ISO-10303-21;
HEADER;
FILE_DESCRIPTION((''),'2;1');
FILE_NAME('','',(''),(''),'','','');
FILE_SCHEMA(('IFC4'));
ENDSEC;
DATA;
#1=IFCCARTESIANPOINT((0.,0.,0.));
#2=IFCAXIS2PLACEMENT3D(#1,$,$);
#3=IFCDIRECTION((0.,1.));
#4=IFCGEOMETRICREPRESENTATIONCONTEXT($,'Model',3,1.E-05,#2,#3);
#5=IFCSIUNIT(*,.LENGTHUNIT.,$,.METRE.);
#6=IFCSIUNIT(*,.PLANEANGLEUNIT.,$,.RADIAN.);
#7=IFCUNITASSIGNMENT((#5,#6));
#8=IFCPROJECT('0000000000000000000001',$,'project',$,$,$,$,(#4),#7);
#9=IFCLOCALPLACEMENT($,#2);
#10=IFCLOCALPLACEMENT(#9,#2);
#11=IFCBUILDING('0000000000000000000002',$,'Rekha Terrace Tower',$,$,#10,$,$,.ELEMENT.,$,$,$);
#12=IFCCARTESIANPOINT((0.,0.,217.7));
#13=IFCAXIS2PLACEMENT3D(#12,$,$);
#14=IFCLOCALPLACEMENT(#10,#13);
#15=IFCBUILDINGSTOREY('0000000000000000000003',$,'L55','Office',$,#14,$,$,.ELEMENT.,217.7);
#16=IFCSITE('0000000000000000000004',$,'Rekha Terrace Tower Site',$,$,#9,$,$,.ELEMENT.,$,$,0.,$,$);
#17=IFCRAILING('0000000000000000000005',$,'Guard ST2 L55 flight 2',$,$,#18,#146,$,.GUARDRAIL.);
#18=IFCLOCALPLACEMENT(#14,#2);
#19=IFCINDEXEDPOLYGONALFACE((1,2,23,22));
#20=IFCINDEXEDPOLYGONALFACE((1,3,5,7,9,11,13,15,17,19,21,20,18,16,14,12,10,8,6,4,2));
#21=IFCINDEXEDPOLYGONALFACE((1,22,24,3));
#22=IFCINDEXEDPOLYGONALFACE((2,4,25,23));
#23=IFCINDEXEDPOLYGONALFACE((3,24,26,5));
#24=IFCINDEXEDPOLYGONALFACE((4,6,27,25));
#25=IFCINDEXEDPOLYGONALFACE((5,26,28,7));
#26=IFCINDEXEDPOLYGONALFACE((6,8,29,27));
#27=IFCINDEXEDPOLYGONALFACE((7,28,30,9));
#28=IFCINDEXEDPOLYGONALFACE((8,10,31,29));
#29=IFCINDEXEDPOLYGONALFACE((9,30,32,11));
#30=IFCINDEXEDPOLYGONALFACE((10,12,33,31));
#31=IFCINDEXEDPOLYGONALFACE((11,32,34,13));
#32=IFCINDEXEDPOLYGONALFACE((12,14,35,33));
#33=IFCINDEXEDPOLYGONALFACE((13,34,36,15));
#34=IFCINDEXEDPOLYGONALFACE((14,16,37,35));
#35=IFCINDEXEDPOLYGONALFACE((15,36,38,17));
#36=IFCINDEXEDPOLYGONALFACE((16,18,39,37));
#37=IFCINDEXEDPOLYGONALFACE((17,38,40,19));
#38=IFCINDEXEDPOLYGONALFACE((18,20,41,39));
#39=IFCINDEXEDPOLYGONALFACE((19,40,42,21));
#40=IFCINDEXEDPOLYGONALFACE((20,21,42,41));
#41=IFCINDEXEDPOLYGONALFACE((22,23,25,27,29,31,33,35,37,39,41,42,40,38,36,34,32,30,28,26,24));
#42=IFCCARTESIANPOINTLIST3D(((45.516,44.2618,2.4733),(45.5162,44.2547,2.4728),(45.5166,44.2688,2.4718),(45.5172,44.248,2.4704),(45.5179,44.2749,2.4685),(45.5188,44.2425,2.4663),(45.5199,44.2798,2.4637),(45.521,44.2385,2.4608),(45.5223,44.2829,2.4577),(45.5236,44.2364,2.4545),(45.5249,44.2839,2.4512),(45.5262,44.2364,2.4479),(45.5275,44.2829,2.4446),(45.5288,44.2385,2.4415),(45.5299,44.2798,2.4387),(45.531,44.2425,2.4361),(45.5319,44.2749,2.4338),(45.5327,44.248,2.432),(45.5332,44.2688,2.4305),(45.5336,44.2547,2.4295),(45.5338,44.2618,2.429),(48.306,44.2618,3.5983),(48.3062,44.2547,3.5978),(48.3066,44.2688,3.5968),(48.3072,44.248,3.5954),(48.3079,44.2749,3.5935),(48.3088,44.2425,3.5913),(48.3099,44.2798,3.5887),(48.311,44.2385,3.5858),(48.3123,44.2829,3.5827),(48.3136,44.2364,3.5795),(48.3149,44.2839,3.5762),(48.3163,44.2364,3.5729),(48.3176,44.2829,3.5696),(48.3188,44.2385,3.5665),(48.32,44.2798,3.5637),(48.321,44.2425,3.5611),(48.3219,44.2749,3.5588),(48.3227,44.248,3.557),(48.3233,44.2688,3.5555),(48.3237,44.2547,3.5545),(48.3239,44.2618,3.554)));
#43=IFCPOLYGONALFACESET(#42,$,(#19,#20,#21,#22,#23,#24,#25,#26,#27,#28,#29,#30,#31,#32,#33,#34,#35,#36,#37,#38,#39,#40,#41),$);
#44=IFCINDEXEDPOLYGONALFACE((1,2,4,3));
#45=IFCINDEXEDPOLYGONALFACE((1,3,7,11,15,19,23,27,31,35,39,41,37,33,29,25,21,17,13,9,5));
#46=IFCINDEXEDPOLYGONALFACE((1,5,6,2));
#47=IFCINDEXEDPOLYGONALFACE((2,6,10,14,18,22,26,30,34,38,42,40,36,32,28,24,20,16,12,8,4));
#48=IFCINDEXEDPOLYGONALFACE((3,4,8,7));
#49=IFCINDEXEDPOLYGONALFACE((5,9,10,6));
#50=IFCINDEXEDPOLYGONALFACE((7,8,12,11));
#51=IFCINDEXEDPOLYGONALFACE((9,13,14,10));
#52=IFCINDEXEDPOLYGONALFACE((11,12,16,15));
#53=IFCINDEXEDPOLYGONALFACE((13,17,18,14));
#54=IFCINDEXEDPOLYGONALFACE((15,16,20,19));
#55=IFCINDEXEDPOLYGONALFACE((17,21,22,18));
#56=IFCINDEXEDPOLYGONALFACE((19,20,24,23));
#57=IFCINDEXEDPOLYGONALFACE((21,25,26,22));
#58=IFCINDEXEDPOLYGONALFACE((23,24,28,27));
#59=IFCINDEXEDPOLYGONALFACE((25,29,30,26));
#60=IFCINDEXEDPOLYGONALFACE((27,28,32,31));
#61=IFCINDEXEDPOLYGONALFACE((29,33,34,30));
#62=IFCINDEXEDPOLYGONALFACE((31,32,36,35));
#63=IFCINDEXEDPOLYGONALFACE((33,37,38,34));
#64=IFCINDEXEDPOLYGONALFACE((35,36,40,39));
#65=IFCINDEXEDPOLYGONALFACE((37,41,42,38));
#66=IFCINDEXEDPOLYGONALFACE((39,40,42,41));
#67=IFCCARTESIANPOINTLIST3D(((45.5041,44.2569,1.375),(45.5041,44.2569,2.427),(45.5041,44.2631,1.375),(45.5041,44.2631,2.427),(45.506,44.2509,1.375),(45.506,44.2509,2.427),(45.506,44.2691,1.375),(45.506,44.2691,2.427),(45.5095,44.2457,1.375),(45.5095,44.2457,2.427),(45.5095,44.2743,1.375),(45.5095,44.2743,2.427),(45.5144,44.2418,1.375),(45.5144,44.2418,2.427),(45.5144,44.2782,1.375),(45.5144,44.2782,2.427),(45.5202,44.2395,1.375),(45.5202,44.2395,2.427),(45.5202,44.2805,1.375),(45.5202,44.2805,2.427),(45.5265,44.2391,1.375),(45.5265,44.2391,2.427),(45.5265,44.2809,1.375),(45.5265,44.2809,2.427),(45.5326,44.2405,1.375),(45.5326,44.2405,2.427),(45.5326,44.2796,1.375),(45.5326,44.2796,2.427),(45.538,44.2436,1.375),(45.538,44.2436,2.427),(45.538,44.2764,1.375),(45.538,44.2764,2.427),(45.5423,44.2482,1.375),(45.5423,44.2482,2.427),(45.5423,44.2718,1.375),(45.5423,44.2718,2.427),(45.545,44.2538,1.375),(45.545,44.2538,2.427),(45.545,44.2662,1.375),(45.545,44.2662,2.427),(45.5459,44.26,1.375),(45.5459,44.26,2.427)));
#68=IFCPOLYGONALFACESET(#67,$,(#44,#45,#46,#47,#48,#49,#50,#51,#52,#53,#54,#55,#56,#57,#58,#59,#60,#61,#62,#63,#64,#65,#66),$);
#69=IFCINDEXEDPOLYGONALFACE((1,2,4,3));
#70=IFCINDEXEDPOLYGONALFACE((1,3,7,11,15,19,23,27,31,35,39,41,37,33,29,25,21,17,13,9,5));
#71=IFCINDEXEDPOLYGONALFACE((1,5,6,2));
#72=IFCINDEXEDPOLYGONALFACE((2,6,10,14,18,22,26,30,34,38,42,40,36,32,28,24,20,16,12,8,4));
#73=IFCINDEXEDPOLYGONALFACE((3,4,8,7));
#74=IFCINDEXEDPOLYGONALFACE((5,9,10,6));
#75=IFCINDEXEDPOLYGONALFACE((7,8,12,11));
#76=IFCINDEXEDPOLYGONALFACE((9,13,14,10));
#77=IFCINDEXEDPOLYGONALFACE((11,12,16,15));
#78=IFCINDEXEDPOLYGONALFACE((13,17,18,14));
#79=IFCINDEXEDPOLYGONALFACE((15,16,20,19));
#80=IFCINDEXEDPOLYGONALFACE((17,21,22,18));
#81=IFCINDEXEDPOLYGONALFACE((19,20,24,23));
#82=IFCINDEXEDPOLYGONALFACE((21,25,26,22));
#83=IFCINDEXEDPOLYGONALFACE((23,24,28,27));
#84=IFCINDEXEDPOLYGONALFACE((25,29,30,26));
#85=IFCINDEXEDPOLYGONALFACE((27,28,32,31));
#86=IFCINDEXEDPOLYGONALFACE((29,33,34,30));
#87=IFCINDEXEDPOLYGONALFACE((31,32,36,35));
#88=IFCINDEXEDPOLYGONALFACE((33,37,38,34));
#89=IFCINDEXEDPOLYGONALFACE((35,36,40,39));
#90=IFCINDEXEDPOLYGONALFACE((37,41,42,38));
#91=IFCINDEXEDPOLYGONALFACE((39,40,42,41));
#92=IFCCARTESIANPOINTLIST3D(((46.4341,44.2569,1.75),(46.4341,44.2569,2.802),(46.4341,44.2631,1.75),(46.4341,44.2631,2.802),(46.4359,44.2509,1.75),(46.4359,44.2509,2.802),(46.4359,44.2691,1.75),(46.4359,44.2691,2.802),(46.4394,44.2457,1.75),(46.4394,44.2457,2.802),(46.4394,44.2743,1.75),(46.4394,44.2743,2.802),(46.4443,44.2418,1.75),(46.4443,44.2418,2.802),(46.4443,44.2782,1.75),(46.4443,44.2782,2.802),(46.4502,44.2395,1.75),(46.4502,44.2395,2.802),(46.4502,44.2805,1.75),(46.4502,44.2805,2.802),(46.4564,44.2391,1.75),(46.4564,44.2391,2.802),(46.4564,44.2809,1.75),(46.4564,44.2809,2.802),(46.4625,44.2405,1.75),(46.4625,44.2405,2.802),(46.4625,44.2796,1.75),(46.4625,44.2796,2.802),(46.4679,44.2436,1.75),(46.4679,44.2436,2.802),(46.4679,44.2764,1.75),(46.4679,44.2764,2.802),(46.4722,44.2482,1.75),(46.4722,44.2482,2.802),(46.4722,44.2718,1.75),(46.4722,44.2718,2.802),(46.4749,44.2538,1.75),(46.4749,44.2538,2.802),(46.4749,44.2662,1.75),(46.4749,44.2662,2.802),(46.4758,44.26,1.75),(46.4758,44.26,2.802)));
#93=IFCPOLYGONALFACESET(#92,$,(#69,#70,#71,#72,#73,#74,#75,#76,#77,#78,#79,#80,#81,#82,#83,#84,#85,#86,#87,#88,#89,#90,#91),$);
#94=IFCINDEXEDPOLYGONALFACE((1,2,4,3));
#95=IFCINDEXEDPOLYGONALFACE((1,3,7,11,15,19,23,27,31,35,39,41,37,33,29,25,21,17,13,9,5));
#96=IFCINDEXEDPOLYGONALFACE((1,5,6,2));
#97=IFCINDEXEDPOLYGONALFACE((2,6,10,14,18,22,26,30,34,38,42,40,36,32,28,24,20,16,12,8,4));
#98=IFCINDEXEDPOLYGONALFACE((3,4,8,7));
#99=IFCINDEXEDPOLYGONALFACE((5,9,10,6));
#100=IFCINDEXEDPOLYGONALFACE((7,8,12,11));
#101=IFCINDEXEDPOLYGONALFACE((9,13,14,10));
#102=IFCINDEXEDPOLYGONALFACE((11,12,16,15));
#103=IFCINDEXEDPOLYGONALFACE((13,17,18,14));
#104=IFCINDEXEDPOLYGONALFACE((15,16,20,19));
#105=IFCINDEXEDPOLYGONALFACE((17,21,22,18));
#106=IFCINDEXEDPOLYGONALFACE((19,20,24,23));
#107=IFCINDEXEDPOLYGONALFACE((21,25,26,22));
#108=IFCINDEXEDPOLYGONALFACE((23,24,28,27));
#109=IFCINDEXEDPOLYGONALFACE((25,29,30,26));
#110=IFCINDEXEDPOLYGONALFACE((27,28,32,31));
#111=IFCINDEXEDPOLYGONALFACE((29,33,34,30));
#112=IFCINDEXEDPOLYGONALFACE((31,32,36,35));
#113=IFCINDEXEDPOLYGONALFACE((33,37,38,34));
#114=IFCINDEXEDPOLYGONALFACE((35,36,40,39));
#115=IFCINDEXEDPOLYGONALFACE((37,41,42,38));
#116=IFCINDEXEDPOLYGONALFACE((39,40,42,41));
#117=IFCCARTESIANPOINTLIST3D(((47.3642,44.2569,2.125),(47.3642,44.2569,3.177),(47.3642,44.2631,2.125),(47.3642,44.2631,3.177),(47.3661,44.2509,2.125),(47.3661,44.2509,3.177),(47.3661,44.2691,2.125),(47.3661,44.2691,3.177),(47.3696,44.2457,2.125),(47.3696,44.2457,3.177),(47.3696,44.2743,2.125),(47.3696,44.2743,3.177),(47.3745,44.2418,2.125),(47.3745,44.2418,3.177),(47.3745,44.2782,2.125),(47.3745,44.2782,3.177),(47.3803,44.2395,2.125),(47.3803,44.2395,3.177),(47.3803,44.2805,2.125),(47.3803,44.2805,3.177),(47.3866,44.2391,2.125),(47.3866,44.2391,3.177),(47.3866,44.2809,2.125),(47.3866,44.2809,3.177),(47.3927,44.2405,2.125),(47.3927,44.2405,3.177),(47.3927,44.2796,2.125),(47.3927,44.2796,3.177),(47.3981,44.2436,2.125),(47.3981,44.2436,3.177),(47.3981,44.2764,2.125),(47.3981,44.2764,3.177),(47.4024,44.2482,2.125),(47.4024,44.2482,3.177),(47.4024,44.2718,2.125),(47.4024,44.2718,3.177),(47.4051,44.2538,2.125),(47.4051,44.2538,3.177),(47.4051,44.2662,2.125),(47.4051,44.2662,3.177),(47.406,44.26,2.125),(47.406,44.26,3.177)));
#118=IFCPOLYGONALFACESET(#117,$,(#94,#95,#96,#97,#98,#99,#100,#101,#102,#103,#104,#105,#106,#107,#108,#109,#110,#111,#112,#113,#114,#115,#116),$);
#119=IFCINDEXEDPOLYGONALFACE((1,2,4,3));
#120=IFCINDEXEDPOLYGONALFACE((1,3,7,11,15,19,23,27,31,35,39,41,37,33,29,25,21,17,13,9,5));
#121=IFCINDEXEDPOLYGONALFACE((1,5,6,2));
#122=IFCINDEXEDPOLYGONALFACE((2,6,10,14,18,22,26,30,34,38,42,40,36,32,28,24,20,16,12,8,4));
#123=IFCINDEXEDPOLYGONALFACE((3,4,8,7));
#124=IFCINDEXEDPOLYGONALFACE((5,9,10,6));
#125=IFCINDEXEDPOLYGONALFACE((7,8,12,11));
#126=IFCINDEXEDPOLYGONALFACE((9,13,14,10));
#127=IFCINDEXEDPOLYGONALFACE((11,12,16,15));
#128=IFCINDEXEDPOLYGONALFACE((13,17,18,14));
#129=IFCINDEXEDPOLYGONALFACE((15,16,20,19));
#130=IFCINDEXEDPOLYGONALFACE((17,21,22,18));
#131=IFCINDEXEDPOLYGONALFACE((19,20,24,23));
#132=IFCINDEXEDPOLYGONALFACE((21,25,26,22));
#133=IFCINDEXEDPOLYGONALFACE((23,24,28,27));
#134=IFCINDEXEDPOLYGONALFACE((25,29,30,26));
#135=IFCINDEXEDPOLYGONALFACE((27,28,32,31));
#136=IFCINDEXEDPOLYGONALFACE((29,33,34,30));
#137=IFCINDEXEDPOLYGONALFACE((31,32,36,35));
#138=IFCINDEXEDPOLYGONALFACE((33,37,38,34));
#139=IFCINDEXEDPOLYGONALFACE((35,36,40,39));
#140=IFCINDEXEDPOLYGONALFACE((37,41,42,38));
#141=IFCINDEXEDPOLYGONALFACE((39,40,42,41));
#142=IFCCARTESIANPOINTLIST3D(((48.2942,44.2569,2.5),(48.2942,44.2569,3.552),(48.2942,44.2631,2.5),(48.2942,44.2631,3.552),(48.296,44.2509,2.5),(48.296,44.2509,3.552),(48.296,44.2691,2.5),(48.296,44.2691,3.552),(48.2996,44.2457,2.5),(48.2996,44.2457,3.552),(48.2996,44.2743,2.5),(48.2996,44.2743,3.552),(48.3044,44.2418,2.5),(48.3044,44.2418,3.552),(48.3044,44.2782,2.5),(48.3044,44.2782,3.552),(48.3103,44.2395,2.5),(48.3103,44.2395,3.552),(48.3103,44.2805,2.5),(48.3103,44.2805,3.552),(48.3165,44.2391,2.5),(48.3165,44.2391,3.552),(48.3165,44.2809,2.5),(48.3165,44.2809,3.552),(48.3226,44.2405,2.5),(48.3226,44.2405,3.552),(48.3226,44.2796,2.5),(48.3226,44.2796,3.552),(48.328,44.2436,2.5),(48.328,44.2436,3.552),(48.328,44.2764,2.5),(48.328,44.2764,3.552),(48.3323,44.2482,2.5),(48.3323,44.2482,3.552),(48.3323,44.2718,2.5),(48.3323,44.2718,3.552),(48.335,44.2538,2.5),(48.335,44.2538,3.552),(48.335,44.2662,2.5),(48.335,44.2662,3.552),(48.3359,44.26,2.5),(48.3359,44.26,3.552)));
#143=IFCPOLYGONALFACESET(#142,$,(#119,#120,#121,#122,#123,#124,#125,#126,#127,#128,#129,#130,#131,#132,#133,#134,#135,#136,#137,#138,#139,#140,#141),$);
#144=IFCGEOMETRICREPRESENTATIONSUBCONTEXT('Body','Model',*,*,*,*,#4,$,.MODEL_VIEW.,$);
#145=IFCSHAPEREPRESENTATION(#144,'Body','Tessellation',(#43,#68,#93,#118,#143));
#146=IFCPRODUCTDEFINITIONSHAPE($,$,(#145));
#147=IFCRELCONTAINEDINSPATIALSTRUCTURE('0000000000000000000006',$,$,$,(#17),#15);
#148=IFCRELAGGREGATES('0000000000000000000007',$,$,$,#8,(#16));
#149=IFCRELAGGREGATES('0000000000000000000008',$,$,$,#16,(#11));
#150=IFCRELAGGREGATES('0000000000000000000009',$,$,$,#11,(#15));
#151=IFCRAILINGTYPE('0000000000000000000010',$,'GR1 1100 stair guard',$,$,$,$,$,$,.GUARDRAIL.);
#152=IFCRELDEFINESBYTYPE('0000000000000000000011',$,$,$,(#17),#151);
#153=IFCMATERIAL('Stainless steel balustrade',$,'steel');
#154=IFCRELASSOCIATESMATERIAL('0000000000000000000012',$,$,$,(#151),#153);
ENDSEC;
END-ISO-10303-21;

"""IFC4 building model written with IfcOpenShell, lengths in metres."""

from ifc_helpers import new_model, si_unit, direction, frame, origin, origin_2d, place, context, subcontext, project, spatial, circle, extrude, material, type_object, element, save


model = new_model("IFC4")

# Units and contexts
model_context = context("Model", 3, precision=1e-05, world=origin(), true_north=direction((0.0, 1.0)))
body_context = subcontext(model_context, "Body", "Model", "MODEL_VIEW")
ifc_project = project(units=[si_unit("LENGTHUNIT", "METRE"), si_unit("PLANEANGLEUNIT", "RADIAN")], contexts=[model_context])

# Site, building, storey
site_placement = place(None, origin())
site = spatial("IfcSite", under=ifc_project, at=site_placement, Name="Rekha Terrace Tower Site", CompositionType="ELEMENT", RefElevation=0.0)
building_placement = place(site_placement, origin())
building = spatial("IfcBuilding", under=site, at=building_placement, Name="Rekha Terrace Tower", CompositionType="ELEMENT")
storey_placement = place(building_placement, frame((0.0, 0.0, 217.7)))
storey = spatial("IfcBuildingStorey", under=building, at=storey_placement, Name="L55", Description="Office", CompositionType="ELEMENT", Elevation=217.7)

# Railing
ifc_material_1 = material(Name="Stainless steel balustrade", Category="steel")
railing_type_1 = type_object("IfcRailingType", Name="GR1 1100 stair guard", PredefinedType="GUARDRAIL", material=ifc_material_1)
railing_1_placement = place(storey_placement, frame((45.5249, 44.26, 1.375)))
element("IfcRailing", 1, at=railing_1_placement, inside=storey, type_object=railing_type_1, Name="Guard ST2 L55 flight 2", PredefinedType="GUARDRAIL", context=body_context, shape_type="SweptSolid", body=[
    extrude(circle(Radius=0.0239, at=origin_2d()), frame((0.0, 0.0, 1.0762), z_axis=(0.927443, 0.0, 0.373964), x_axis=(0.0, 1.0, 0.0)), (0.0, 0.0, 1.0), 3.0083),
    extrude(circle(Radius=0.021, at=origin_2d()), origin(), (0.0, 0.0, 1.0), 1.052),
    extrude(circle(Radius=0.021, at=origin_2d()), frame((0.9299, 0.0, 0.375)), (0.0, 0.0, 1.0), 1.052),
    extrude(circle(Radius=0.021, at=origin_2d()), frame((1.8601, 0.0, 0.75)), (0.0, 0.0, 1.0), 1.052),
    extrude(circle(Radius=0.021, at=origin_2d()), frame((2.79, 0.0, 1.125)), (0.0, 0.0, 1.0), 1.052),
])

save(model, "model.ifc")
